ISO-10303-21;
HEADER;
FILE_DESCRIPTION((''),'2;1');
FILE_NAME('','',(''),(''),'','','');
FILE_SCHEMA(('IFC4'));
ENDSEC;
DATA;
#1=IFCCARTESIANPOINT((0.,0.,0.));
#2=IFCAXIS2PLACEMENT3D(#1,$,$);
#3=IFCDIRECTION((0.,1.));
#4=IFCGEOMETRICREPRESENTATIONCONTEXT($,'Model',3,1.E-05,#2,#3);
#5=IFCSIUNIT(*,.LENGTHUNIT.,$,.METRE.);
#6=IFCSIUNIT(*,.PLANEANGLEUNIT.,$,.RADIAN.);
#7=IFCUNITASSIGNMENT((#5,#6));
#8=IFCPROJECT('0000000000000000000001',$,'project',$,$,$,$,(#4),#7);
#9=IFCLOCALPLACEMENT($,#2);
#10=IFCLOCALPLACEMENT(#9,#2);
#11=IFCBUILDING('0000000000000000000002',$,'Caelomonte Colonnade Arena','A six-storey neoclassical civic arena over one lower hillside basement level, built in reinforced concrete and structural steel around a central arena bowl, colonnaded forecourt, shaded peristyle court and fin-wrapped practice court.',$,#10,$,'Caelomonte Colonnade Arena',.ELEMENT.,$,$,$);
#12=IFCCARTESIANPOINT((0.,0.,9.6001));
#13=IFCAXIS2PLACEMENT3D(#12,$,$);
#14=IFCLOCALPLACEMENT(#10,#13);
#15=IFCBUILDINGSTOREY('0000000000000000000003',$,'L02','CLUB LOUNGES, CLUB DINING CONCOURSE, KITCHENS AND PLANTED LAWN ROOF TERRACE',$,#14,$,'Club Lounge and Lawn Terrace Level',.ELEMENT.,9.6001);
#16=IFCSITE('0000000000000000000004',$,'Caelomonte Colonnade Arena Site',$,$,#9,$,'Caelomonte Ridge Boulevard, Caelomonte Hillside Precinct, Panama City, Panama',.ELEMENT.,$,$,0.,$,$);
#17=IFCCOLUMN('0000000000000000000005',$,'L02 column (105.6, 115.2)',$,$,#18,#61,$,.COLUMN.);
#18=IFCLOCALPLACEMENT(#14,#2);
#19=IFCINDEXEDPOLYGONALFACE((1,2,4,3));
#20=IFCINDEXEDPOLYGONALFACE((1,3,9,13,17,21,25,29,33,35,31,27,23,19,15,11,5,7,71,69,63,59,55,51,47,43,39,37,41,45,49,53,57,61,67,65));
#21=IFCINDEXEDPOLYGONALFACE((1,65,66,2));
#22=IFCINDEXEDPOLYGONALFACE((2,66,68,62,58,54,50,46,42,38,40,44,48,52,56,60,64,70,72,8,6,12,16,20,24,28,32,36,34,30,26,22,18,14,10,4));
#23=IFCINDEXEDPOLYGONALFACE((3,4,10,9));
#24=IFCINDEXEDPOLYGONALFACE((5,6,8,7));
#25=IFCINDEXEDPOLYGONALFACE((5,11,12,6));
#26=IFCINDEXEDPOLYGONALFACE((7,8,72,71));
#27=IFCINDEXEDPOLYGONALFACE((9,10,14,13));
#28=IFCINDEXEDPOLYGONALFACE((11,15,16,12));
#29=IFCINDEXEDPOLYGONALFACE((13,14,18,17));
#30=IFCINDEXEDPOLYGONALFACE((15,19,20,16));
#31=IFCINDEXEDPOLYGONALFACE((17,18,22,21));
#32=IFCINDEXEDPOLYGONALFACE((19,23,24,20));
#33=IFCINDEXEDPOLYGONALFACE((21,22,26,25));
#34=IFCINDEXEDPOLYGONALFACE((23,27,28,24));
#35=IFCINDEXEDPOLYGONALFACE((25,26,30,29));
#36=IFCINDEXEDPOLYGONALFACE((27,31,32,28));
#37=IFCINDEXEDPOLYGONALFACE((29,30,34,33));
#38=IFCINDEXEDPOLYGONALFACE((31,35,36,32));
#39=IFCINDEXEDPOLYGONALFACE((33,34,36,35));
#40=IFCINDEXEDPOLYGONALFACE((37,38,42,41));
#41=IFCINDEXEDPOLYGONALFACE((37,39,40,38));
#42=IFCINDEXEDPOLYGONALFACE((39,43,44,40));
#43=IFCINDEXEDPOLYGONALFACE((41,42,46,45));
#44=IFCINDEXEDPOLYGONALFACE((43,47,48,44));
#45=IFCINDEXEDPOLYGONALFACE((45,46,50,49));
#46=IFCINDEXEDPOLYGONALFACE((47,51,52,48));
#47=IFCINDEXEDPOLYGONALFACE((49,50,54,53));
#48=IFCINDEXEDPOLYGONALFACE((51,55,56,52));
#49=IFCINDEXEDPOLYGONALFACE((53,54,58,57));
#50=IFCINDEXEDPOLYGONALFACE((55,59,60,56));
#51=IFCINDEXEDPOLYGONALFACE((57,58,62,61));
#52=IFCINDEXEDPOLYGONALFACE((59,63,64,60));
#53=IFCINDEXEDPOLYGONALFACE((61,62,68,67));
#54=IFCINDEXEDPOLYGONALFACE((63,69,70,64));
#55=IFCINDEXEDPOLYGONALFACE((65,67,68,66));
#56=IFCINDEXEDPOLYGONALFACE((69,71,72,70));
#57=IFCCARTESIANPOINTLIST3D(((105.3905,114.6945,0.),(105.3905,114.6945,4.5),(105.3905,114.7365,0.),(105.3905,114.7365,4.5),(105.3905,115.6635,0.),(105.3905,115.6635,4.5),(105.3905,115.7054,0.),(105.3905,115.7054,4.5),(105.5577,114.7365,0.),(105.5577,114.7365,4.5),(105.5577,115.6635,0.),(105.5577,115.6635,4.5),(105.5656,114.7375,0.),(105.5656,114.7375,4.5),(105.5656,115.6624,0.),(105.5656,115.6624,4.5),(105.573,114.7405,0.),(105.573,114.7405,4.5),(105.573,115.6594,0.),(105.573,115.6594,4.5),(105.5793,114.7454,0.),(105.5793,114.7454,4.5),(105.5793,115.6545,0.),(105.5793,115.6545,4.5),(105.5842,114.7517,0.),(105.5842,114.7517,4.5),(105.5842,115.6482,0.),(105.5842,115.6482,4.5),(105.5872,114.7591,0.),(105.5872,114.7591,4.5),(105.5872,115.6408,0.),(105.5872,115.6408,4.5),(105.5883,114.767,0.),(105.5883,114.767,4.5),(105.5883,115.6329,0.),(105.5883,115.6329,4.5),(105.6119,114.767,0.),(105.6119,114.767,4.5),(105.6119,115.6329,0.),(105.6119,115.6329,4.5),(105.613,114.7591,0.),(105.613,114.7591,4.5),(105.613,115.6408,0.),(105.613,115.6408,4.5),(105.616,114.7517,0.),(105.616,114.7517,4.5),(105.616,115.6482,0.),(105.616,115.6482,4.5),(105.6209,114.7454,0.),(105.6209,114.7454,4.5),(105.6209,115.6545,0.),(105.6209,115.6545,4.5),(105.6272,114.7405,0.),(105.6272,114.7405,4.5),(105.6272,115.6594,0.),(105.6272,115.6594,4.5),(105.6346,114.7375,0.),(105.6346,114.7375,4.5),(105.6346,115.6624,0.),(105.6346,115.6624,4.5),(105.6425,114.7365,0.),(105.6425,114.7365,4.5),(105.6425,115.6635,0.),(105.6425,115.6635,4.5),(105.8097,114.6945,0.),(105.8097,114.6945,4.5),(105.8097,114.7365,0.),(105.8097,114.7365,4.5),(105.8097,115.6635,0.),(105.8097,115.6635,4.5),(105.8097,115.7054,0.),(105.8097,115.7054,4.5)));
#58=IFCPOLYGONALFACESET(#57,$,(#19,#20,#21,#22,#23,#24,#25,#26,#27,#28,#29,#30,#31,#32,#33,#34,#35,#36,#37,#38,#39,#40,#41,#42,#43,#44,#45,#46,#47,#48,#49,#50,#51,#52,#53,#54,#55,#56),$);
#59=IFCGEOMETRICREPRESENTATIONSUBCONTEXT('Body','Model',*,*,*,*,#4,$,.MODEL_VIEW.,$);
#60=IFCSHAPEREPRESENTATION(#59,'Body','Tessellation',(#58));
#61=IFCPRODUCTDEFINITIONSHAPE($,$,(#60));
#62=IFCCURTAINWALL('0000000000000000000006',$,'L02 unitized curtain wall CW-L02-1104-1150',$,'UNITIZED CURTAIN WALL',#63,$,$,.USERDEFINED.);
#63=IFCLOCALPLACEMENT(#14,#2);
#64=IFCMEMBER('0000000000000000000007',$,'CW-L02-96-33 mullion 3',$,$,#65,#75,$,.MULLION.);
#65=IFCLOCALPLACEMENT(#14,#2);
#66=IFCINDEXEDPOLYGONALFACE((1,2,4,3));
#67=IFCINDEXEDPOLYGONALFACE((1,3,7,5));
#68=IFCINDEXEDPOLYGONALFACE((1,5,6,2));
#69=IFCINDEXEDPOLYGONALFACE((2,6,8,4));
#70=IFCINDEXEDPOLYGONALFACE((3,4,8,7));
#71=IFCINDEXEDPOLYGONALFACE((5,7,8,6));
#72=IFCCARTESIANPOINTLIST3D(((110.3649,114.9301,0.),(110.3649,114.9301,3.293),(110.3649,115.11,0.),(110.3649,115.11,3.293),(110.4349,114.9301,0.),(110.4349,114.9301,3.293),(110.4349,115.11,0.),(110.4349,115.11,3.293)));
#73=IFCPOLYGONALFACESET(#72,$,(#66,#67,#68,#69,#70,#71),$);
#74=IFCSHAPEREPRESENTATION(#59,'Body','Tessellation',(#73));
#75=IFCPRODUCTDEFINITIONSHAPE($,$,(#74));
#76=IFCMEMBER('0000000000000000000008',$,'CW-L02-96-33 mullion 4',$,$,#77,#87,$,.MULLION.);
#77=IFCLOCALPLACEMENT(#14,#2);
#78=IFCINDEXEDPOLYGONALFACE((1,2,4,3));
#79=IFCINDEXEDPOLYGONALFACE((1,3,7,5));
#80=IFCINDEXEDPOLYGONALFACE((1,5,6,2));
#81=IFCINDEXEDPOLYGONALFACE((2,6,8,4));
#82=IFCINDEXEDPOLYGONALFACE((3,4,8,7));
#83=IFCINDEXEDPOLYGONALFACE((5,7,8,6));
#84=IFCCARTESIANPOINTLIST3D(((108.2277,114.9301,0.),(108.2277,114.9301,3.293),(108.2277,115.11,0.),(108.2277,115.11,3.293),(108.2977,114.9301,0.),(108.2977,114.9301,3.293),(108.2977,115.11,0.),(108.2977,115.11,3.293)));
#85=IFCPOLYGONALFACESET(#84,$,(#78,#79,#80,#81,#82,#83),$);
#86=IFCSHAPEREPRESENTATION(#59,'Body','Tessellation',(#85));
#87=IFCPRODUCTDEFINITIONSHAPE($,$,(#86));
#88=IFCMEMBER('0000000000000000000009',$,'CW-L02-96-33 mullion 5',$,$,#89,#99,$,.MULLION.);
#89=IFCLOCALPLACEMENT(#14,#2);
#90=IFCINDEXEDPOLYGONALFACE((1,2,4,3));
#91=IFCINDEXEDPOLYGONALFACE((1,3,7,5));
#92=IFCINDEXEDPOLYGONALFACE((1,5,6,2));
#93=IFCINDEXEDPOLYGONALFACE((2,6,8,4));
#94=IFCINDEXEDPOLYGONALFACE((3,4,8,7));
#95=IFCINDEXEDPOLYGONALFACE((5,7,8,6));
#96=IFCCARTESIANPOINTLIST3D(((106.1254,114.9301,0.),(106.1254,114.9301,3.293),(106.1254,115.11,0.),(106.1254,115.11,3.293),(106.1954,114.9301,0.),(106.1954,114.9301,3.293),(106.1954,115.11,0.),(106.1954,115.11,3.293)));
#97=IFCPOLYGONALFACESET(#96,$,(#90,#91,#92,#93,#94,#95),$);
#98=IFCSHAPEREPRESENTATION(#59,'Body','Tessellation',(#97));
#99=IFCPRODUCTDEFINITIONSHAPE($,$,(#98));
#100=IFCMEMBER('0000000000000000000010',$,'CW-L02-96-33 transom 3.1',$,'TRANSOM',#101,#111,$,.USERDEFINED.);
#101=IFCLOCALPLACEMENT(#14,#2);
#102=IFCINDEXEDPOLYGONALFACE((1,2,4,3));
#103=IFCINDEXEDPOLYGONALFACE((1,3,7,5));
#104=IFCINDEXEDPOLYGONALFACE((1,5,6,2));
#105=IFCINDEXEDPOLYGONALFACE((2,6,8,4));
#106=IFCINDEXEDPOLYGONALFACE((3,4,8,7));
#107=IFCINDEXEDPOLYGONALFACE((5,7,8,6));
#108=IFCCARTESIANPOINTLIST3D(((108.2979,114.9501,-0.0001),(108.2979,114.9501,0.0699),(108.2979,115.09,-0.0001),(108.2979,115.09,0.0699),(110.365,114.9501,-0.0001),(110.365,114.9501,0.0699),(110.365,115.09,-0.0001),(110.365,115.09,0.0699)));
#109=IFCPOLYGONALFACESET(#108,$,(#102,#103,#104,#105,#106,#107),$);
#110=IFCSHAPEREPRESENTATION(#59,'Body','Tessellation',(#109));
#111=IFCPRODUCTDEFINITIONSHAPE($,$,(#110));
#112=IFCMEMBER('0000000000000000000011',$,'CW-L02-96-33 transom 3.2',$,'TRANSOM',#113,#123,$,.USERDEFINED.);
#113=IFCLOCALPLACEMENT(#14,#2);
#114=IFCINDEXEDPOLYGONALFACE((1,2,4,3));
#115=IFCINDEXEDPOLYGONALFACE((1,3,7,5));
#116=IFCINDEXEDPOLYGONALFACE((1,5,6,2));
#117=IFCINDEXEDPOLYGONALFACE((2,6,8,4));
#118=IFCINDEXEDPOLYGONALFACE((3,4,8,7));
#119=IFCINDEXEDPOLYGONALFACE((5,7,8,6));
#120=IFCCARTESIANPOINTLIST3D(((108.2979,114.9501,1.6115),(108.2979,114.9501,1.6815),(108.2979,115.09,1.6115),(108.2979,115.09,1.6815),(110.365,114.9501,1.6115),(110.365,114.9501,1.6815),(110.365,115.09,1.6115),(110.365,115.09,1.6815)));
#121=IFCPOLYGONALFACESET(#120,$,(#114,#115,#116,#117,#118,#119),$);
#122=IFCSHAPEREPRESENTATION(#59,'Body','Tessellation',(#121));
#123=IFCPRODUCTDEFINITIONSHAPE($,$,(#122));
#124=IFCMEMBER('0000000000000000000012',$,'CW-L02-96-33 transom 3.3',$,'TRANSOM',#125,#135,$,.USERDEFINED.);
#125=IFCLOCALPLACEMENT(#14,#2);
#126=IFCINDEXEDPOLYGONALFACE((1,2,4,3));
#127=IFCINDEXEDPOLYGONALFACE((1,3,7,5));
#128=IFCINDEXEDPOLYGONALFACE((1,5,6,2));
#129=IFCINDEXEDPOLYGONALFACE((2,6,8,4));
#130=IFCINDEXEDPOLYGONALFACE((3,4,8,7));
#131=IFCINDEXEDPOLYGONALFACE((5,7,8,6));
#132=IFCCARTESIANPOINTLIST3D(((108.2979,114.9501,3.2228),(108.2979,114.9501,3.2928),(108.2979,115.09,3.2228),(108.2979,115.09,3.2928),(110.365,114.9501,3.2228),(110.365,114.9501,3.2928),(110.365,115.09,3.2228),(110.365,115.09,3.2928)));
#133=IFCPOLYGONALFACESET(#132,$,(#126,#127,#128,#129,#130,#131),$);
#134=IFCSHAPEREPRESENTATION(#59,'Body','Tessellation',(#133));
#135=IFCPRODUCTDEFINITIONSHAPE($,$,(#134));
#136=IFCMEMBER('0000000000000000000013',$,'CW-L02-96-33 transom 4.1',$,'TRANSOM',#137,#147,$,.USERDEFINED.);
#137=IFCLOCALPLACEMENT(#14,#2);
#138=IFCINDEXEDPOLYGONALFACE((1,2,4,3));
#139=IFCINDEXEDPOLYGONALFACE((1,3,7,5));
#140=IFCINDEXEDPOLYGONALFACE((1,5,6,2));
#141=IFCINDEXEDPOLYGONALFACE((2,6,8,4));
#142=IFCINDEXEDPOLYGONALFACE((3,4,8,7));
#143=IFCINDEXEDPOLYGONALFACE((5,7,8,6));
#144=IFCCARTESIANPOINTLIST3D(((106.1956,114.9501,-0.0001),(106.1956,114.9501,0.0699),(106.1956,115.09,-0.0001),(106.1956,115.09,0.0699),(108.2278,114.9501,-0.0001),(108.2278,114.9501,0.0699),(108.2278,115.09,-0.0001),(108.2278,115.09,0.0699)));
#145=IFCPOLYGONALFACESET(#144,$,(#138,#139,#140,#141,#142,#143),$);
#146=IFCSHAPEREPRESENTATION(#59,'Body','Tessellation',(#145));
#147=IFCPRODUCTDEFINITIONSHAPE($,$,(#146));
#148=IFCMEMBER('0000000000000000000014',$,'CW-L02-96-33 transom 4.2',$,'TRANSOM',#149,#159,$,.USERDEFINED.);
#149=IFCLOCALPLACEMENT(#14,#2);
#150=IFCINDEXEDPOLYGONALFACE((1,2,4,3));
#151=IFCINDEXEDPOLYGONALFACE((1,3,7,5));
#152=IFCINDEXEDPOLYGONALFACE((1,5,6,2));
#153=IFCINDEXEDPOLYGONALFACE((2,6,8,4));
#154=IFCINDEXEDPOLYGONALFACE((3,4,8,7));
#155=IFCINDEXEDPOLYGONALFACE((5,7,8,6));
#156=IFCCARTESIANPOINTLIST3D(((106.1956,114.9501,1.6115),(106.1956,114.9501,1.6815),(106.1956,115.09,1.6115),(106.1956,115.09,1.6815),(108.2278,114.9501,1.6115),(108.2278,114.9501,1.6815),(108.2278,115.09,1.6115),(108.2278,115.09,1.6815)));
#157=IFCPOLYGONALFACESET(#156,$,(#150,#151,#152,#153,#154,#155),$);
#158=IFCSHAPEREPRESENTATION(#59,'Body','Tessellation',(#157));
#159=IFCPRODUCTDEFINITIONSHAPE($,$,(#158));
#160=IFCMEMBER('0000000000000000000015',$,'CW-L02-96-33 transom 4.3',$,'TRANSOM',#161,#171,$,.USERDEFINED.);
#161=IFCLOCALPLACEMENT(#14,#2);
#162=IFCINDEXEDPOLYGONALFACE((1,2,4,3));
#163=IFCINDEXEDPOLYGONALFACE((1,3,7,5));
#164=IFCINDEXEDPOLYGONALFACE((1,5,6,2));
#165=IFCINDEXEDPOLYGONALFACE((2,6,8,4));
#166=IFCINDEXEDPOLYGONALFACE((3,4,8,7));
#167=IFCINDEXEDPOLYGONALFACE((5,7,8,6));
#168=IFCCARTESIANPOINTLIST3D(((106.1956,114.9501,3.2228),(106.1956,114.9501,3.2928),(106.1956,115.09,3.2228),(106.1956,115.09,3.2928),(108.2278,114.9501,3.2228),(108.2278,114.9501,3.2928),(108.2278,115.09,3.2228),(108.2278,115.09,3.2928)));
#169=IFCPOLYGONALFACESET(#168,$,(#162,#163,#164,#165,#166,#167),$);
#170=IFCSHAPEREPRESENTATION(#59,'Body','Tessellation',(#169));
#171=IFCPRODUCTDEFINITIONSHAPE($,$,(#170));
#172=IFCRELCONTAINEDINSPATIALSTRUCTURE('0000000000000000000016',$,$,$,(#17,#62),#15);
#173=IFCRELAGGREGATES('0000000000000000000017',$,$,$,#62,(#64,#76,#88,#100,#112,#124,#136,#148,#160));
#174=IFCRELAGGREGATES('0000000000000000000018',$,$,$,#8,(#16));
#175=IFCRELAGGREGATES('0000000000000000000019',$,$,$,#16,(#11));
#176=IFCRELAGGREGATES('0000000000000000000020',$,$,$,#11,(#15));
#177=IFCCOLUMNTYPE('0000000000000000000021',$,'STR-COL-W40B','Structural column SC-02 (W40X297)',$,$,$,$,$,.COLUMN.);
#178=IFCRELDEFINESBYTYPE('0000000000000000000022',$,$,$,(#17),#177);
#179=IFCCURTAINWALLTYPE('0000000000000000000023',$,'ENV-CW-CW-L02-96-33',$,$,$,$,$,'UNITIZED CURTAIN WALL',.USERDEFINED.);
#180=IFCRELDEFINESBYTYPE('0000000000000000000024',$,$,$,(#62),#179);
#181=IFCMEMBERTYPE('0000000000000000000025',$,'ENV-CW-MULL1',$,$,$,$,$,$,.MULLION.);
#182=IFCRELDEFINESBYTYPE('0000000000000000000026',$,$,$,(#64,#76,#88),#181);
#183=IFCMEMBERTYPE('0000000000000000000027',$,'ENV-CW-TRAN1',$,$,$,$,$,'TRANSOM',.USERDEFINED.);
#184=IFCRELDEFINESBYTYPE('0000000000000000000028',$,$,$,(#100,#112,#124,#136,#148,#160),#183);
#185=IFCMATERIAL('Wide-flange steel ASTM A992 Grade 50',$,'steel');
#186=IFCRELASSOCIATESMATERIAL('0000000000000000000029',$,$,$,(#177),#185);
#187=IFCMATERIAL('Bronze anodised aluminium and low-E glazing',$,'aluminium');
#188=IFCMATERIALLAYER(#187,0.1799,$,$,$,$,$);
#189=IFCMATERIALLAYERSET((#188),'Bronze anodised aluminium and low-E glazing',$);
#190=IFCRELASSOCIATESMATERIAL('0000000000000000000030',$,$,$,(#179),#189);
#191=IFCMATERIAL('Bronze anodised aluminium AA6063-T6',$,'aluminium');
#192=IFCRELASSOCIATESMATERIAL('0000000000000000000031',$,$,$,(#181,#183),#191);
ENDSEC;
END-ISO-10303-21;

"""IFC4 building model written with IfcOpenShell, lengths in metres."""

from ifc_helpers import new_model, si_unit, direction, frame, origin, origin_2d, place, context, subcontext, project, spatial, rectangle, i_section, extrude, material, layer, layer_set, material_profile, profile_set, type_object, element, aggregate, save


model = new_model("IFC4")

# Units and contexts
model_context = context("Model", 3, precision=1e-05, world=origin(), true_north=direction((0.0, 1.0)))
body_context = subcontext(model_context, "Body", "Model", "MODEL_VIEW")
ifc_project = project(units=[si_unit("LENGTHUNIT", "METRE"), si_unit("PLANEANGLEUNIT", "RADIAN")], contexts=[model_context])

# Site, building, storey
site_placement = place(None, origin())
site = spatial("IfcSite", under=ifc_project, at=site_placement, Name="Caelomonte Colonnade Arena Site", LongName="Caelomonte Ridge Boulevard, Caelomonte Hillside Precinct, Panama City, Panama", CompositionType="ELEMENT", RefElevation=0.0)
building_placement = place(site_placement, origin())
building = spatial("IfcBuilding", under=site, at=building_placement, Name="Caelomonte Colonnade Arena", Description="A six-storey neoclassical civic arena over one lower hillside basement level, built in reinforced concrete and structural steel around a central arena bowl, colonnaded forecourt, shaded peristyle court and fin-wrapped practice court.", LongName="Caelomonte Colonnade Arena", CompositionType="ELEMENT")
storey_placement = place(building_placement, frame((0.0, 0.0, 9.6001)))
storey = spatial("IfcBuildingStorey", under=building, at=storey_placement, Name="L02", Description="CLUB LOUNGES, CLUB DINING CONCOURSE, KITCHENS AND PLANTED LAWN ROOF TERRACE", LongName="Club Lounge and Lawn Terrace Level", CompositionType="ELEMENT", Elevation=9.6001)

# Column
ifc_material_1 = material(Name="Wide-flange steel ASTM A992 Grade 50", Category="steel")
ifc_material_profile_1 = material_profile(ifc_material_1, i_section(OverallWidth=0.4192, OverallDepth=1.011, WebThickness=0.0237, FlangeThickness=0.042, FilletRadius=0.0305, at=origin_2d()), Name="W40X297")
ifc_profile_set_1 = profile_set([ifc_material_profile_1], Name="Wide-flange steel ASTM A992 Grade 50")
column_type = type_object("IfcColumnType", Name="STR-COL-W40B", Description="Structural column SC-02 (W40X297)", PredefinedType="COLUMN", material=ifc_profile_set_1)
column_placement = place(storey_placement, frame((105.6001, 115.2, 0.0), z_axis=(0.0, 0.0, 1.0), x_axis=(1.0, 0.0, 0.0)))
element("IfcColumn", 1, at=column_placement, inside=storey, type_object=column_type, Name="L02 column (105.6, 115.2)", PredefinedType="COLUMN", context=body_context, shape_type="SweptSolid", body=[
    extrude(i_section(OverallWidth=0.4192, OverallDepth=1.011, WebThickness=0.0237, FlangeThickness=0.042, FilletRadius=0.0305, at=origin_2d()), origin(), (0.0, 0.0, 1.0), 4.5),
])

# Curtain wall, members
ifc_material_2 = material(Name="Bronze anodised aluminium and low-E glazing", Category="aluminium")
ifc_layer_1 = layer(ifc_material_2, 0.1799)
ifc_layer_set_1 = layer_set([ifc_layer_1], Name="Bronze anodised aluminium and low-E glazing")
curtain_wall_type = type_object("IfcCurtainWallType", Name="ENV-CW-CW-L02-96-33", ElementType="UNITIZED CURTAIN WALL", PredefinedType="USERDEFINED", material=ifc_layer_set_1)
curtain_wall_placement = place(storey_placement, origin())
curtain_wall = element("IfcCurtainWall", 2, at=curtain_wall_placement, inside=storey, type_object=curtain_wall_type, Name="L02 unitized curtain wall CW-L02-1104-1150", ObjectType="UNITIZED CURTAIN WALL", PredefinedType="USERDEFINED")
ifc_material_3 = material(Name="Bronze anodised aluminium AA6063-T6", Category="aluminium")
ifc_material_profile_2 = material_profile(ifc_material_3, rectangle(XDim=0.0701, YDim=0.1799, at=origin_2d()), Name="CWM-70X180")
ifc_profile_set_2 = profile_set([ifc_material_profile_2], Name="Bronze anodised aluminium AA6063-T6")
member_type_1 = type_object("IfcMemberType", Name="ENV-CW-MULL1", PredefinedType="MULLION", material=ifc_profile_set_2)
member_1_placement = place(storey_placement, frame((110.3999, 115.02, 0.0), z_axis=(0.0, 0.0, 1.0), x_axis=(-1.0, 0.0, 0.0)))
member_1 = element("IfcMember", 3, at=member_1_placement, type_object=member_type_1, Name="CW-L02-96-33 mullion 3", PredefinedType="MULLION", context=body_context, shape_type="SweptSolid", body=[
    extrude(rectangle(XDim=0.0701, YDim=0.1799, at=origin_2d()), origin(), (0.0, 0.0, 1.0), 3.293),
])
member_2_placement = place(storey_placement, frame((108.2627, 115.02, 0.0), z_axis=(0.0, 0.0, 1.0), x_axis=(-1.0, 0.0, 0.0)))
member_2 = element("IfcMember", 4, at=member_2_placement, type_object=member_type_1, Name="CW-L02-96-33 mullion 4", PredefinedType="MULLION", context=body_context, shape_type="SweptSolid", body=[
    extrude(rectangle(XDim=0.0701, YDim=0.1799, at=origin_2d()), origin(), (0.0, 0.0, 1.0), 3.293),
])
member_3_placement = place(storey_placement, frame((106.1604, 115.02, 0.0), z_axis=(0.0, 0.0, 1.0), x_axis=(-1.0, 0.0, 0.0)))
member_3 = element("IfcMember", 5, at=member_3_placement, type_object=member_type_1, Name="CW-L02-96-33 mullion 5", PredefinedType="MULLION", context=body_context, shape_type="SweptSolid", body=[
    extrude(rectangle(XDim=0.0701, YDim=0.1799, at=origin_2d()), origin(), (0.0, 0.0, 1.0), 3.293),
])
ifc_material_profile_3 = material_profile(ifc_material_3, rectangle(XDim=0.0701, YDim=0.1399, at=origin_2d()), Name="CWT-70X140")
ifc_profile_set_3 = profile_set([ifc_material_profile_3], Name="Bronze anodised aluminium AA6063-T6")
member_type_2 = type_object("IfcMemberType", Name="ENV-CW-TRAN1", ElementType="TRANSOM", PredefinedType="USERDEFINED", material=ifc_profile_set_3)
member_4_placement = place(storey_placement, frame((110.365, 115.02, 0.0349), z_axis=(-1.0, 0.0, 0.0), x_axis=(0.0, 0.0, 1.0)))
member_4 = element("IfcMember", 6, at=member_4_placement, type_object=member_type_2, Name="CW-L02-96-33 transom 3.1", ObjectType="TRANSOM", PredefinedType="USERDEFINED", context=body_context, shape_type="SweptSolid", body=[
    extrude(rectangle(XDim=0.0701, YDim=0.1399, at=origin_2d()), origin(), (0.0, 0.0, 1.0), 2.0671),
])
member_5_placement = place(storey_placement, frame((110.365, 115.02, 1.6465), z_axis=(-1.0, 0.0, 0.0), x_axis=(0.0, 0.0, 1.0)))
member_5 = element("IfcMember", 7, at=member_5_placement, type_object=member_type_2, Name="CW-L02-96-33 transom 3.2", ObjectType="TRANSOM", PredefinedType="USERDEFINED", context=body_context, shape_type="SweptSolid", body=[
    extrude(rectangle(XDim=0.0701, YDim=0.1399, at=origin_2d()), origin(), (0.0, 0.0, 1.0), 2.0671),
])
member_6_placement = place(storey_placement, frame((110.365, 115.02, 3.2578), z_axis=(-1.0, 0.0, 0.0), x_axis=(0.0, 0.0, 1.0)))
member_6 = element("IfcMember", 8, at=member_6_placement, type_object=member_type_2, Name="CW-L02-96-33 transom 3.3", ObjectType="TRANSOM", PredefinedType="USERDEFINED", context=body_context, shape_type="SweptSolid", body=[
    extrude(rectangle(XDim=0.0701, YDim=0.1399, at=origin_2d()), origin(), (0.0, 0.0, 1.0), 2.0671),
])
member_7_placement = place(storey_placement, frame((108.2278, 115.02, 0.0349), z_axis=(-1.0, 0.0, 0.0), x_axis=(0.0, 0.0, 1.0)))
member_7 = element("IfcMember", 9, at=member_7_placement, type_object=member_type_2, Name="CW-L02-96-33 transom 4.1", ObjectType="TRANSOM", PredefinedType="USERDEFINED", context=body_context, shape_type="SweptSolid", body=[
    extrude(rectangle(XDim=0.0701, YDim=0.1399, at=origin_2d()), origin(), (0.0, 0.0, 1.0), 2.0322),
])
member_8_placement = place(storey_placement, frame((108.2278, 115.02, 1.6465), z_axis=(-1.0, 0.0, 0.0), x_axis=(0.0, 0.0, 1.0)))
member_8 = element("IfcMember", 10, at=member_8_placement, type_object=member_type_2, Name="CW-L02-96-33 transom 4.2", ObjectType="TRANSOM", PredefinedType="USERDEFINED", context=body_context, shape_type="SweptSolid", body=[
    extrude(rectangle(XDim=0.0701, YDim=0.1399, at=origin_2d()), origin(), (0.0, 0.0, 1.0), 2.0322),
])
member_9_placement = place(storey_placement, frame((108.2278, 115.02, 3.2578), z_axis=(-1.0, 0.0, 0.0), x_axis=(0.0, 0.0, 1.0)))
member_9 = element("IfcMember", 11, at=member_9_placement, type_object=member_type_2, Name="CW-L02-96-33 transom 4.3", ObjectType="TRANSOM", PredefinedType="USERDEFINED", context=body_context, shape_type="SweptSolid", body=[
    extrude(rectangle(XDim=0.0701, YDim=0.1399, at=origin_2d()), origin(), (0.0, 0.0, 1.0), 2.0322),
])

aggregate(curtain_wall, [member_1, member_2, member_3, member_4, member_5, member_6, member_7, member_8, member_9])

save(model, "model.ifc")
